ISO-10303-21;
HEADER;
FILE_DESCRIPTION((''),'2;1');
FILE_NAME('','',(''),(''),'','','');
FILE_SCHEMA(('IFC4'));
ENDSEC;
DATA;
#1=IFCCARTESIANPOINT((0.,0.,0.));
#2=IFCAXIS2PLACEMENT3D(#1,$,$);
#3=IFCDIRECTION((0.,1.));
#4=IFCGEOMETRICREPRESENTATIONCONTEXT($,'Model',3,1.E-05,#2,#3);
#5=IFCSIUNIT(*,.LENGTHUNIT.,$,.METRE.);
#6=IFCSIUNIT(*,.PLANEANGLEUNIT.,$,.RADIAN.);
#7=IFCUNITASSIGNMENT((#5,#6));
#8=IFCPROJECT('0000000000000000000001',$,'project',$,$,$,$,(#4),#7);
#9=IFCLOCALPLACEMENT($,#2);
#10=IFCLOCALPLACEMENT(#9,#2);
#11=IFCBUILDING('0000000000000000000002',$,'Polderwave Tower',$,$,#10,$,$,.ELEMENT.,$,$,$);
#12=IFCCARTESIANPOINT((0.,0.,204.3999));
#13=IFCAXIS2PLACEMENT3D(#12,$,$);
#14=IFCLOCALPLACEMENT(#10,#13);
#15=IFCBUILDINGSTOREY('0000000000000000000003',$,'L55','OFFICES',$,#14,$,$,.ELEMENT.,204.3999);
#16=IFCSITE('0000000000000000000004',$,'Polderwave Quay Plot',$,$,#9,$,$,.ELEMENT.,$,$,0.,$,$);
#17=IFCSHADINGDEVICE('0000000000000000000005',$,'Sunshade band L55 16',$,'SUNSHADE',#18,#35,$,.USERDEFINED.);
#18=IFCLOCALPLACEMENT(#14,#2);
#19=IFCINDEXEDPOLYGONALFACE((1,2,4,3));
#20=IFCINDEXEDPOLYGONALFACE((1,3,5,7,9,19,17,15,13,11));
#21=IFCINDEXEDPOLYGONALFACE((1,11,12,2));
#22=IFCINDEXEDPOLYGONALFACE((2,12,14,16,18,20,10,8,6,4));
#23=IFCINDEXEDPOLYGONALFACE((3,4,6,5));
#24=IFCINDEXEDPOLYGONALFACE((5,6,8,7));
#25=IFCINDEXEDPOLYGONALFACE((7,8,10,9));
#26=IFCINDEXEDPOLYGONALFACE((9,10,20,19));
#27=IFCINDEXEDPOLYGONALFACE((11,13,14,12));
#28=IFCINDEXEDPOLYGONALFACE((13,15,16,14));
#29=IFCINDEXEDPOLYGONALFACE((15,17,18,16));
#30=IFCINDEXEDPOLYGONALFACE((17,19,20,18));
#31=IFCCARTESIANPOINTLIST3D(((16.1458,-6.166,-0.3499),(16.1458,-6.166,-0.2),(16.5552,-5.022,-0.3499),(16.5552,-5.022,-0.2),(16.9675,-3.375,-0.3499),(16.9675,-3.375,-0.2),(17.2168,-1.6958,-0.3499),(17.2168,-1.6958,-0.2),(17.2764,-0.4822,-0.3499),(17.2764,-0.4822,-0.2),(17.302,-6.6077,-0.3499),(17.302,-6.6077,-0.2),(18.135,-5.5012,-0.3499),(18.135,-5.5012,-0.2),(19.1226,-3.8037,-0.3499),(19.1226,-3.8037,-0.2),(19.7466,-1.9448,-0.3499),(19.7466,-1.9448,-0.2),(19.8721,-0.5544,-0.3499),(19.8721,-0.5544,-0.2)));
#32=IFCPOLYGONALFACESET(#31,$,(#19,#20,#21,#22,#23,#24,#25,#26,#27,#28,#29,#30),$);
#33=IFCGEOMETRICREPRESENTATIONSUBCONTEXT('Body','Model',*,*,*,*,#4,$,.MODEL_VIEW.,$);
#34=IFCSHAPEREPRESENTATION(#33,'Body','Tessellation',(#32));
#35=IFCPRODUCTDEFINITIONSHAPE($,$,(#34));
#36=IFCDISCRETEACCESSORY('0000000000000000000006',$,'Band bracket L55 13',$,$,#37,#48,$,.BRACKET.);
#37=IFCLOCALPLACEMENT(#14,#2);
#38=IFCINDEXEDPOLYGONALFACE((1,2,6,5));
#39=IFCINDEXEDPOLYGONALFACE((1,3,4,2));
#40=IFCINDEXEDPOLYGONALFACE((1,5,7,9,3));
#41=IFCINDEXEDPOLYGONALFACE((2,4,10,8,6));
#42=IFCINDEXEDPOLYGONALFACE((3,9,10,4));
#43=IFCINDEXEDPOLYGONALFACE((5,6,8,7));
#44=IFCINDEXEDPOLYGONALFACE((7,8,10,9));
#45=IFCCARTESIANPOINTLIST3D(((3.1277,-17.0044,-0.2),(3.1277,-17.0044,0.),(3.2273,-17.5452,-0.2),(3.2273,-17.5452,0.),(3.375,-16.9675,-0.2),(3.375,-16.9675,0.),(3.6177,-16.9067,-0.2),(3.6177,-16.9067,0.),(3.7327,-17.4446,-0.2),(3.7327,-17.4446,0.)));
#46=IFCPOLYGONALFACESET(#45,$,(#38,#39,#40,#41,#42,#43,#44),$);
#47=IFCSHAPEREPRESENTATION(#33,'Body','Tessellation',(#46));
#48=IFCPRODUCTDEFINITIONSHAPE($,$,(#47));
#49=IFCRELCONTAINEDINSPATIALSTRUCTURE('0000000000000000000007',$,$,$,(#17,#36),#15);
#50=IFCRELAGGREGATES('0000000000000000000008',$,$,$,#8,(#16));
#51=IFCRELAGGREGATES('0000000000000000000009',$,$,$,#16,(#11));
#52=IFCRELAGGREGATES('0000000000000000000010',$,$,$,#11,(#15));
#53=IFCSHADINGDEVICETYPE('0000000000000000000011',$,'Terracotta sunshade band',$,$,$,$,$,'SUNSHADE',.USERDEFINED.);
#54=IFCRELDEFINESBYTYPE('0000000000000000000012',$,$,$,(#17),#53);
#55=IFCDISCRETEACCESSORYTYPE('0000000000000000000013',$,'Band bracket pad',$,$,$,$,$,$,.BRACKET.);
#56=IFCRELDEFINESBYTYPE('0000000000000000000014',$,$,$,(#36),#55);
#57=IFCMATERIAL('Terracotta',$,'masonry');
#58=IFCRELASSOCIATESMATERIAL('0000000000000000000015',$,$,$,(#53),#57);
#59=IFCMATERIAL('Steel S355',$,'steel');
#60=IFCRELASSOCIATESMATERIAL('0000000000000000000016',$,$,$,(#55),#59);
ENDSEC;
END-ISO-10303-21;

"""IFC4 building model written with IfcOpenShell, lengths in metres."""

from ifc_helpers import new_model, si_unit, direction, frame, origin, place, context, subcontext, project, spatial, polyline, outline, extrude, material, type_object, element, save


model = new_model("IFC4")

# Units and contexts
model_context = context("Model", 3, precision=1e-05, world=origin(), true_north=direction((0.0, 1.0)))
body_context = subcontext(model_context, "Body", "Model", "MODEL_VIEW")
ifc_project = project(units=[si_unit("LENGTHUNIT", "METRE"), si_unit("PLANEANGLEUNIT", "RADIAN")], contexts=[model_context])

# Site, building, storey
site_placement = place(None, origin())
site = spatial("IfcSite", under=ifc_project, at=site_placement, Name="Polderwave Quay Plot", CompositionType="ELEMENT", RefElevation=0.0)
building_placement = place(site_placement, origin())
building = spatial("IfcBuilding", under=site, at=building_placement, Name="Polderwave Tower", CompositionType="ELEMENT")
storey_placement = place(building_placement, frame((0.0, 0.0, 204.3999)))
storey = spatial("IfcBuildingStorey", under=building, at=storey_placement, Name="L55", Description="OFFICES", CompositionType="ELEMENT", Elevation=204.3999)

# Shading device
ifc_material_1 = material(Name="Terracotta", Category="masonry")
shading_device_type = type_object("IfcShadingDeviceType", Name="Terracotta sunshade band", ElementType="SUNSHADE", PredefinedType="USERDEFINED", material=ifc_material_1)
shading_device_1_placement = place(storey_placement, frame((0.0, 0.0, -0.3499)))
element("IfcShadingDevice", 1, at=shading_device_1_placement, inside=storey, type_object=shading_device_type, Name="Sunshade band L55 16", ObjectType="SUNSHADE", PredefinedType="USERDEFINED", context=body_context, shape_type="SweptSolid", body=[
    extrude(outline(polyline([(16.1458, -6.166), (16.5552, -5.022), (16.9675, -3.375), (17.2168, -1.6958), (17.2764, -0.4822), (19.8721, -0.5544), (19.7466, -1.9448), (19.1226, -3.8037), (18.135, -5.5012), (17.302, -6.6077), (16.1458, -6.166)])), origin(), (0.0, 0.0, 1.0), 0.1499),
])

# Discrete accessory
ifc_material_2 = material(Name="Steel S355", Category="steel")
discrete_accessory_type = type_object("IfcDiscreteAccessoryType", Name="Band bracket pad", PredefinedType="BRACKET", material=ifc_material_2)
discrete_accessory_placement = place(storey_placement, frame((0.0, 0.0, -0.2)))
element("IfcDiscreteAccessory", 2, at=discrete_accessory_placement, inside=storey, type_object=discrete_accessory_type, Name="Band bracket L55 13", PredefinedType="BRACKET", context=body_context, shape_type="SweptSolid", body=[
    extrude(outline(polyline([(3.1277, -17.0044), (3.375, -16.9675), (3.6177, -16.9067), (3.7327, -17.4446), (3.2273, -17.5452), (3.1277, -17.0044)])), origin(), (0.0, 0.0, 1.0), 0.2),
])

save(model, "model.ifc")
